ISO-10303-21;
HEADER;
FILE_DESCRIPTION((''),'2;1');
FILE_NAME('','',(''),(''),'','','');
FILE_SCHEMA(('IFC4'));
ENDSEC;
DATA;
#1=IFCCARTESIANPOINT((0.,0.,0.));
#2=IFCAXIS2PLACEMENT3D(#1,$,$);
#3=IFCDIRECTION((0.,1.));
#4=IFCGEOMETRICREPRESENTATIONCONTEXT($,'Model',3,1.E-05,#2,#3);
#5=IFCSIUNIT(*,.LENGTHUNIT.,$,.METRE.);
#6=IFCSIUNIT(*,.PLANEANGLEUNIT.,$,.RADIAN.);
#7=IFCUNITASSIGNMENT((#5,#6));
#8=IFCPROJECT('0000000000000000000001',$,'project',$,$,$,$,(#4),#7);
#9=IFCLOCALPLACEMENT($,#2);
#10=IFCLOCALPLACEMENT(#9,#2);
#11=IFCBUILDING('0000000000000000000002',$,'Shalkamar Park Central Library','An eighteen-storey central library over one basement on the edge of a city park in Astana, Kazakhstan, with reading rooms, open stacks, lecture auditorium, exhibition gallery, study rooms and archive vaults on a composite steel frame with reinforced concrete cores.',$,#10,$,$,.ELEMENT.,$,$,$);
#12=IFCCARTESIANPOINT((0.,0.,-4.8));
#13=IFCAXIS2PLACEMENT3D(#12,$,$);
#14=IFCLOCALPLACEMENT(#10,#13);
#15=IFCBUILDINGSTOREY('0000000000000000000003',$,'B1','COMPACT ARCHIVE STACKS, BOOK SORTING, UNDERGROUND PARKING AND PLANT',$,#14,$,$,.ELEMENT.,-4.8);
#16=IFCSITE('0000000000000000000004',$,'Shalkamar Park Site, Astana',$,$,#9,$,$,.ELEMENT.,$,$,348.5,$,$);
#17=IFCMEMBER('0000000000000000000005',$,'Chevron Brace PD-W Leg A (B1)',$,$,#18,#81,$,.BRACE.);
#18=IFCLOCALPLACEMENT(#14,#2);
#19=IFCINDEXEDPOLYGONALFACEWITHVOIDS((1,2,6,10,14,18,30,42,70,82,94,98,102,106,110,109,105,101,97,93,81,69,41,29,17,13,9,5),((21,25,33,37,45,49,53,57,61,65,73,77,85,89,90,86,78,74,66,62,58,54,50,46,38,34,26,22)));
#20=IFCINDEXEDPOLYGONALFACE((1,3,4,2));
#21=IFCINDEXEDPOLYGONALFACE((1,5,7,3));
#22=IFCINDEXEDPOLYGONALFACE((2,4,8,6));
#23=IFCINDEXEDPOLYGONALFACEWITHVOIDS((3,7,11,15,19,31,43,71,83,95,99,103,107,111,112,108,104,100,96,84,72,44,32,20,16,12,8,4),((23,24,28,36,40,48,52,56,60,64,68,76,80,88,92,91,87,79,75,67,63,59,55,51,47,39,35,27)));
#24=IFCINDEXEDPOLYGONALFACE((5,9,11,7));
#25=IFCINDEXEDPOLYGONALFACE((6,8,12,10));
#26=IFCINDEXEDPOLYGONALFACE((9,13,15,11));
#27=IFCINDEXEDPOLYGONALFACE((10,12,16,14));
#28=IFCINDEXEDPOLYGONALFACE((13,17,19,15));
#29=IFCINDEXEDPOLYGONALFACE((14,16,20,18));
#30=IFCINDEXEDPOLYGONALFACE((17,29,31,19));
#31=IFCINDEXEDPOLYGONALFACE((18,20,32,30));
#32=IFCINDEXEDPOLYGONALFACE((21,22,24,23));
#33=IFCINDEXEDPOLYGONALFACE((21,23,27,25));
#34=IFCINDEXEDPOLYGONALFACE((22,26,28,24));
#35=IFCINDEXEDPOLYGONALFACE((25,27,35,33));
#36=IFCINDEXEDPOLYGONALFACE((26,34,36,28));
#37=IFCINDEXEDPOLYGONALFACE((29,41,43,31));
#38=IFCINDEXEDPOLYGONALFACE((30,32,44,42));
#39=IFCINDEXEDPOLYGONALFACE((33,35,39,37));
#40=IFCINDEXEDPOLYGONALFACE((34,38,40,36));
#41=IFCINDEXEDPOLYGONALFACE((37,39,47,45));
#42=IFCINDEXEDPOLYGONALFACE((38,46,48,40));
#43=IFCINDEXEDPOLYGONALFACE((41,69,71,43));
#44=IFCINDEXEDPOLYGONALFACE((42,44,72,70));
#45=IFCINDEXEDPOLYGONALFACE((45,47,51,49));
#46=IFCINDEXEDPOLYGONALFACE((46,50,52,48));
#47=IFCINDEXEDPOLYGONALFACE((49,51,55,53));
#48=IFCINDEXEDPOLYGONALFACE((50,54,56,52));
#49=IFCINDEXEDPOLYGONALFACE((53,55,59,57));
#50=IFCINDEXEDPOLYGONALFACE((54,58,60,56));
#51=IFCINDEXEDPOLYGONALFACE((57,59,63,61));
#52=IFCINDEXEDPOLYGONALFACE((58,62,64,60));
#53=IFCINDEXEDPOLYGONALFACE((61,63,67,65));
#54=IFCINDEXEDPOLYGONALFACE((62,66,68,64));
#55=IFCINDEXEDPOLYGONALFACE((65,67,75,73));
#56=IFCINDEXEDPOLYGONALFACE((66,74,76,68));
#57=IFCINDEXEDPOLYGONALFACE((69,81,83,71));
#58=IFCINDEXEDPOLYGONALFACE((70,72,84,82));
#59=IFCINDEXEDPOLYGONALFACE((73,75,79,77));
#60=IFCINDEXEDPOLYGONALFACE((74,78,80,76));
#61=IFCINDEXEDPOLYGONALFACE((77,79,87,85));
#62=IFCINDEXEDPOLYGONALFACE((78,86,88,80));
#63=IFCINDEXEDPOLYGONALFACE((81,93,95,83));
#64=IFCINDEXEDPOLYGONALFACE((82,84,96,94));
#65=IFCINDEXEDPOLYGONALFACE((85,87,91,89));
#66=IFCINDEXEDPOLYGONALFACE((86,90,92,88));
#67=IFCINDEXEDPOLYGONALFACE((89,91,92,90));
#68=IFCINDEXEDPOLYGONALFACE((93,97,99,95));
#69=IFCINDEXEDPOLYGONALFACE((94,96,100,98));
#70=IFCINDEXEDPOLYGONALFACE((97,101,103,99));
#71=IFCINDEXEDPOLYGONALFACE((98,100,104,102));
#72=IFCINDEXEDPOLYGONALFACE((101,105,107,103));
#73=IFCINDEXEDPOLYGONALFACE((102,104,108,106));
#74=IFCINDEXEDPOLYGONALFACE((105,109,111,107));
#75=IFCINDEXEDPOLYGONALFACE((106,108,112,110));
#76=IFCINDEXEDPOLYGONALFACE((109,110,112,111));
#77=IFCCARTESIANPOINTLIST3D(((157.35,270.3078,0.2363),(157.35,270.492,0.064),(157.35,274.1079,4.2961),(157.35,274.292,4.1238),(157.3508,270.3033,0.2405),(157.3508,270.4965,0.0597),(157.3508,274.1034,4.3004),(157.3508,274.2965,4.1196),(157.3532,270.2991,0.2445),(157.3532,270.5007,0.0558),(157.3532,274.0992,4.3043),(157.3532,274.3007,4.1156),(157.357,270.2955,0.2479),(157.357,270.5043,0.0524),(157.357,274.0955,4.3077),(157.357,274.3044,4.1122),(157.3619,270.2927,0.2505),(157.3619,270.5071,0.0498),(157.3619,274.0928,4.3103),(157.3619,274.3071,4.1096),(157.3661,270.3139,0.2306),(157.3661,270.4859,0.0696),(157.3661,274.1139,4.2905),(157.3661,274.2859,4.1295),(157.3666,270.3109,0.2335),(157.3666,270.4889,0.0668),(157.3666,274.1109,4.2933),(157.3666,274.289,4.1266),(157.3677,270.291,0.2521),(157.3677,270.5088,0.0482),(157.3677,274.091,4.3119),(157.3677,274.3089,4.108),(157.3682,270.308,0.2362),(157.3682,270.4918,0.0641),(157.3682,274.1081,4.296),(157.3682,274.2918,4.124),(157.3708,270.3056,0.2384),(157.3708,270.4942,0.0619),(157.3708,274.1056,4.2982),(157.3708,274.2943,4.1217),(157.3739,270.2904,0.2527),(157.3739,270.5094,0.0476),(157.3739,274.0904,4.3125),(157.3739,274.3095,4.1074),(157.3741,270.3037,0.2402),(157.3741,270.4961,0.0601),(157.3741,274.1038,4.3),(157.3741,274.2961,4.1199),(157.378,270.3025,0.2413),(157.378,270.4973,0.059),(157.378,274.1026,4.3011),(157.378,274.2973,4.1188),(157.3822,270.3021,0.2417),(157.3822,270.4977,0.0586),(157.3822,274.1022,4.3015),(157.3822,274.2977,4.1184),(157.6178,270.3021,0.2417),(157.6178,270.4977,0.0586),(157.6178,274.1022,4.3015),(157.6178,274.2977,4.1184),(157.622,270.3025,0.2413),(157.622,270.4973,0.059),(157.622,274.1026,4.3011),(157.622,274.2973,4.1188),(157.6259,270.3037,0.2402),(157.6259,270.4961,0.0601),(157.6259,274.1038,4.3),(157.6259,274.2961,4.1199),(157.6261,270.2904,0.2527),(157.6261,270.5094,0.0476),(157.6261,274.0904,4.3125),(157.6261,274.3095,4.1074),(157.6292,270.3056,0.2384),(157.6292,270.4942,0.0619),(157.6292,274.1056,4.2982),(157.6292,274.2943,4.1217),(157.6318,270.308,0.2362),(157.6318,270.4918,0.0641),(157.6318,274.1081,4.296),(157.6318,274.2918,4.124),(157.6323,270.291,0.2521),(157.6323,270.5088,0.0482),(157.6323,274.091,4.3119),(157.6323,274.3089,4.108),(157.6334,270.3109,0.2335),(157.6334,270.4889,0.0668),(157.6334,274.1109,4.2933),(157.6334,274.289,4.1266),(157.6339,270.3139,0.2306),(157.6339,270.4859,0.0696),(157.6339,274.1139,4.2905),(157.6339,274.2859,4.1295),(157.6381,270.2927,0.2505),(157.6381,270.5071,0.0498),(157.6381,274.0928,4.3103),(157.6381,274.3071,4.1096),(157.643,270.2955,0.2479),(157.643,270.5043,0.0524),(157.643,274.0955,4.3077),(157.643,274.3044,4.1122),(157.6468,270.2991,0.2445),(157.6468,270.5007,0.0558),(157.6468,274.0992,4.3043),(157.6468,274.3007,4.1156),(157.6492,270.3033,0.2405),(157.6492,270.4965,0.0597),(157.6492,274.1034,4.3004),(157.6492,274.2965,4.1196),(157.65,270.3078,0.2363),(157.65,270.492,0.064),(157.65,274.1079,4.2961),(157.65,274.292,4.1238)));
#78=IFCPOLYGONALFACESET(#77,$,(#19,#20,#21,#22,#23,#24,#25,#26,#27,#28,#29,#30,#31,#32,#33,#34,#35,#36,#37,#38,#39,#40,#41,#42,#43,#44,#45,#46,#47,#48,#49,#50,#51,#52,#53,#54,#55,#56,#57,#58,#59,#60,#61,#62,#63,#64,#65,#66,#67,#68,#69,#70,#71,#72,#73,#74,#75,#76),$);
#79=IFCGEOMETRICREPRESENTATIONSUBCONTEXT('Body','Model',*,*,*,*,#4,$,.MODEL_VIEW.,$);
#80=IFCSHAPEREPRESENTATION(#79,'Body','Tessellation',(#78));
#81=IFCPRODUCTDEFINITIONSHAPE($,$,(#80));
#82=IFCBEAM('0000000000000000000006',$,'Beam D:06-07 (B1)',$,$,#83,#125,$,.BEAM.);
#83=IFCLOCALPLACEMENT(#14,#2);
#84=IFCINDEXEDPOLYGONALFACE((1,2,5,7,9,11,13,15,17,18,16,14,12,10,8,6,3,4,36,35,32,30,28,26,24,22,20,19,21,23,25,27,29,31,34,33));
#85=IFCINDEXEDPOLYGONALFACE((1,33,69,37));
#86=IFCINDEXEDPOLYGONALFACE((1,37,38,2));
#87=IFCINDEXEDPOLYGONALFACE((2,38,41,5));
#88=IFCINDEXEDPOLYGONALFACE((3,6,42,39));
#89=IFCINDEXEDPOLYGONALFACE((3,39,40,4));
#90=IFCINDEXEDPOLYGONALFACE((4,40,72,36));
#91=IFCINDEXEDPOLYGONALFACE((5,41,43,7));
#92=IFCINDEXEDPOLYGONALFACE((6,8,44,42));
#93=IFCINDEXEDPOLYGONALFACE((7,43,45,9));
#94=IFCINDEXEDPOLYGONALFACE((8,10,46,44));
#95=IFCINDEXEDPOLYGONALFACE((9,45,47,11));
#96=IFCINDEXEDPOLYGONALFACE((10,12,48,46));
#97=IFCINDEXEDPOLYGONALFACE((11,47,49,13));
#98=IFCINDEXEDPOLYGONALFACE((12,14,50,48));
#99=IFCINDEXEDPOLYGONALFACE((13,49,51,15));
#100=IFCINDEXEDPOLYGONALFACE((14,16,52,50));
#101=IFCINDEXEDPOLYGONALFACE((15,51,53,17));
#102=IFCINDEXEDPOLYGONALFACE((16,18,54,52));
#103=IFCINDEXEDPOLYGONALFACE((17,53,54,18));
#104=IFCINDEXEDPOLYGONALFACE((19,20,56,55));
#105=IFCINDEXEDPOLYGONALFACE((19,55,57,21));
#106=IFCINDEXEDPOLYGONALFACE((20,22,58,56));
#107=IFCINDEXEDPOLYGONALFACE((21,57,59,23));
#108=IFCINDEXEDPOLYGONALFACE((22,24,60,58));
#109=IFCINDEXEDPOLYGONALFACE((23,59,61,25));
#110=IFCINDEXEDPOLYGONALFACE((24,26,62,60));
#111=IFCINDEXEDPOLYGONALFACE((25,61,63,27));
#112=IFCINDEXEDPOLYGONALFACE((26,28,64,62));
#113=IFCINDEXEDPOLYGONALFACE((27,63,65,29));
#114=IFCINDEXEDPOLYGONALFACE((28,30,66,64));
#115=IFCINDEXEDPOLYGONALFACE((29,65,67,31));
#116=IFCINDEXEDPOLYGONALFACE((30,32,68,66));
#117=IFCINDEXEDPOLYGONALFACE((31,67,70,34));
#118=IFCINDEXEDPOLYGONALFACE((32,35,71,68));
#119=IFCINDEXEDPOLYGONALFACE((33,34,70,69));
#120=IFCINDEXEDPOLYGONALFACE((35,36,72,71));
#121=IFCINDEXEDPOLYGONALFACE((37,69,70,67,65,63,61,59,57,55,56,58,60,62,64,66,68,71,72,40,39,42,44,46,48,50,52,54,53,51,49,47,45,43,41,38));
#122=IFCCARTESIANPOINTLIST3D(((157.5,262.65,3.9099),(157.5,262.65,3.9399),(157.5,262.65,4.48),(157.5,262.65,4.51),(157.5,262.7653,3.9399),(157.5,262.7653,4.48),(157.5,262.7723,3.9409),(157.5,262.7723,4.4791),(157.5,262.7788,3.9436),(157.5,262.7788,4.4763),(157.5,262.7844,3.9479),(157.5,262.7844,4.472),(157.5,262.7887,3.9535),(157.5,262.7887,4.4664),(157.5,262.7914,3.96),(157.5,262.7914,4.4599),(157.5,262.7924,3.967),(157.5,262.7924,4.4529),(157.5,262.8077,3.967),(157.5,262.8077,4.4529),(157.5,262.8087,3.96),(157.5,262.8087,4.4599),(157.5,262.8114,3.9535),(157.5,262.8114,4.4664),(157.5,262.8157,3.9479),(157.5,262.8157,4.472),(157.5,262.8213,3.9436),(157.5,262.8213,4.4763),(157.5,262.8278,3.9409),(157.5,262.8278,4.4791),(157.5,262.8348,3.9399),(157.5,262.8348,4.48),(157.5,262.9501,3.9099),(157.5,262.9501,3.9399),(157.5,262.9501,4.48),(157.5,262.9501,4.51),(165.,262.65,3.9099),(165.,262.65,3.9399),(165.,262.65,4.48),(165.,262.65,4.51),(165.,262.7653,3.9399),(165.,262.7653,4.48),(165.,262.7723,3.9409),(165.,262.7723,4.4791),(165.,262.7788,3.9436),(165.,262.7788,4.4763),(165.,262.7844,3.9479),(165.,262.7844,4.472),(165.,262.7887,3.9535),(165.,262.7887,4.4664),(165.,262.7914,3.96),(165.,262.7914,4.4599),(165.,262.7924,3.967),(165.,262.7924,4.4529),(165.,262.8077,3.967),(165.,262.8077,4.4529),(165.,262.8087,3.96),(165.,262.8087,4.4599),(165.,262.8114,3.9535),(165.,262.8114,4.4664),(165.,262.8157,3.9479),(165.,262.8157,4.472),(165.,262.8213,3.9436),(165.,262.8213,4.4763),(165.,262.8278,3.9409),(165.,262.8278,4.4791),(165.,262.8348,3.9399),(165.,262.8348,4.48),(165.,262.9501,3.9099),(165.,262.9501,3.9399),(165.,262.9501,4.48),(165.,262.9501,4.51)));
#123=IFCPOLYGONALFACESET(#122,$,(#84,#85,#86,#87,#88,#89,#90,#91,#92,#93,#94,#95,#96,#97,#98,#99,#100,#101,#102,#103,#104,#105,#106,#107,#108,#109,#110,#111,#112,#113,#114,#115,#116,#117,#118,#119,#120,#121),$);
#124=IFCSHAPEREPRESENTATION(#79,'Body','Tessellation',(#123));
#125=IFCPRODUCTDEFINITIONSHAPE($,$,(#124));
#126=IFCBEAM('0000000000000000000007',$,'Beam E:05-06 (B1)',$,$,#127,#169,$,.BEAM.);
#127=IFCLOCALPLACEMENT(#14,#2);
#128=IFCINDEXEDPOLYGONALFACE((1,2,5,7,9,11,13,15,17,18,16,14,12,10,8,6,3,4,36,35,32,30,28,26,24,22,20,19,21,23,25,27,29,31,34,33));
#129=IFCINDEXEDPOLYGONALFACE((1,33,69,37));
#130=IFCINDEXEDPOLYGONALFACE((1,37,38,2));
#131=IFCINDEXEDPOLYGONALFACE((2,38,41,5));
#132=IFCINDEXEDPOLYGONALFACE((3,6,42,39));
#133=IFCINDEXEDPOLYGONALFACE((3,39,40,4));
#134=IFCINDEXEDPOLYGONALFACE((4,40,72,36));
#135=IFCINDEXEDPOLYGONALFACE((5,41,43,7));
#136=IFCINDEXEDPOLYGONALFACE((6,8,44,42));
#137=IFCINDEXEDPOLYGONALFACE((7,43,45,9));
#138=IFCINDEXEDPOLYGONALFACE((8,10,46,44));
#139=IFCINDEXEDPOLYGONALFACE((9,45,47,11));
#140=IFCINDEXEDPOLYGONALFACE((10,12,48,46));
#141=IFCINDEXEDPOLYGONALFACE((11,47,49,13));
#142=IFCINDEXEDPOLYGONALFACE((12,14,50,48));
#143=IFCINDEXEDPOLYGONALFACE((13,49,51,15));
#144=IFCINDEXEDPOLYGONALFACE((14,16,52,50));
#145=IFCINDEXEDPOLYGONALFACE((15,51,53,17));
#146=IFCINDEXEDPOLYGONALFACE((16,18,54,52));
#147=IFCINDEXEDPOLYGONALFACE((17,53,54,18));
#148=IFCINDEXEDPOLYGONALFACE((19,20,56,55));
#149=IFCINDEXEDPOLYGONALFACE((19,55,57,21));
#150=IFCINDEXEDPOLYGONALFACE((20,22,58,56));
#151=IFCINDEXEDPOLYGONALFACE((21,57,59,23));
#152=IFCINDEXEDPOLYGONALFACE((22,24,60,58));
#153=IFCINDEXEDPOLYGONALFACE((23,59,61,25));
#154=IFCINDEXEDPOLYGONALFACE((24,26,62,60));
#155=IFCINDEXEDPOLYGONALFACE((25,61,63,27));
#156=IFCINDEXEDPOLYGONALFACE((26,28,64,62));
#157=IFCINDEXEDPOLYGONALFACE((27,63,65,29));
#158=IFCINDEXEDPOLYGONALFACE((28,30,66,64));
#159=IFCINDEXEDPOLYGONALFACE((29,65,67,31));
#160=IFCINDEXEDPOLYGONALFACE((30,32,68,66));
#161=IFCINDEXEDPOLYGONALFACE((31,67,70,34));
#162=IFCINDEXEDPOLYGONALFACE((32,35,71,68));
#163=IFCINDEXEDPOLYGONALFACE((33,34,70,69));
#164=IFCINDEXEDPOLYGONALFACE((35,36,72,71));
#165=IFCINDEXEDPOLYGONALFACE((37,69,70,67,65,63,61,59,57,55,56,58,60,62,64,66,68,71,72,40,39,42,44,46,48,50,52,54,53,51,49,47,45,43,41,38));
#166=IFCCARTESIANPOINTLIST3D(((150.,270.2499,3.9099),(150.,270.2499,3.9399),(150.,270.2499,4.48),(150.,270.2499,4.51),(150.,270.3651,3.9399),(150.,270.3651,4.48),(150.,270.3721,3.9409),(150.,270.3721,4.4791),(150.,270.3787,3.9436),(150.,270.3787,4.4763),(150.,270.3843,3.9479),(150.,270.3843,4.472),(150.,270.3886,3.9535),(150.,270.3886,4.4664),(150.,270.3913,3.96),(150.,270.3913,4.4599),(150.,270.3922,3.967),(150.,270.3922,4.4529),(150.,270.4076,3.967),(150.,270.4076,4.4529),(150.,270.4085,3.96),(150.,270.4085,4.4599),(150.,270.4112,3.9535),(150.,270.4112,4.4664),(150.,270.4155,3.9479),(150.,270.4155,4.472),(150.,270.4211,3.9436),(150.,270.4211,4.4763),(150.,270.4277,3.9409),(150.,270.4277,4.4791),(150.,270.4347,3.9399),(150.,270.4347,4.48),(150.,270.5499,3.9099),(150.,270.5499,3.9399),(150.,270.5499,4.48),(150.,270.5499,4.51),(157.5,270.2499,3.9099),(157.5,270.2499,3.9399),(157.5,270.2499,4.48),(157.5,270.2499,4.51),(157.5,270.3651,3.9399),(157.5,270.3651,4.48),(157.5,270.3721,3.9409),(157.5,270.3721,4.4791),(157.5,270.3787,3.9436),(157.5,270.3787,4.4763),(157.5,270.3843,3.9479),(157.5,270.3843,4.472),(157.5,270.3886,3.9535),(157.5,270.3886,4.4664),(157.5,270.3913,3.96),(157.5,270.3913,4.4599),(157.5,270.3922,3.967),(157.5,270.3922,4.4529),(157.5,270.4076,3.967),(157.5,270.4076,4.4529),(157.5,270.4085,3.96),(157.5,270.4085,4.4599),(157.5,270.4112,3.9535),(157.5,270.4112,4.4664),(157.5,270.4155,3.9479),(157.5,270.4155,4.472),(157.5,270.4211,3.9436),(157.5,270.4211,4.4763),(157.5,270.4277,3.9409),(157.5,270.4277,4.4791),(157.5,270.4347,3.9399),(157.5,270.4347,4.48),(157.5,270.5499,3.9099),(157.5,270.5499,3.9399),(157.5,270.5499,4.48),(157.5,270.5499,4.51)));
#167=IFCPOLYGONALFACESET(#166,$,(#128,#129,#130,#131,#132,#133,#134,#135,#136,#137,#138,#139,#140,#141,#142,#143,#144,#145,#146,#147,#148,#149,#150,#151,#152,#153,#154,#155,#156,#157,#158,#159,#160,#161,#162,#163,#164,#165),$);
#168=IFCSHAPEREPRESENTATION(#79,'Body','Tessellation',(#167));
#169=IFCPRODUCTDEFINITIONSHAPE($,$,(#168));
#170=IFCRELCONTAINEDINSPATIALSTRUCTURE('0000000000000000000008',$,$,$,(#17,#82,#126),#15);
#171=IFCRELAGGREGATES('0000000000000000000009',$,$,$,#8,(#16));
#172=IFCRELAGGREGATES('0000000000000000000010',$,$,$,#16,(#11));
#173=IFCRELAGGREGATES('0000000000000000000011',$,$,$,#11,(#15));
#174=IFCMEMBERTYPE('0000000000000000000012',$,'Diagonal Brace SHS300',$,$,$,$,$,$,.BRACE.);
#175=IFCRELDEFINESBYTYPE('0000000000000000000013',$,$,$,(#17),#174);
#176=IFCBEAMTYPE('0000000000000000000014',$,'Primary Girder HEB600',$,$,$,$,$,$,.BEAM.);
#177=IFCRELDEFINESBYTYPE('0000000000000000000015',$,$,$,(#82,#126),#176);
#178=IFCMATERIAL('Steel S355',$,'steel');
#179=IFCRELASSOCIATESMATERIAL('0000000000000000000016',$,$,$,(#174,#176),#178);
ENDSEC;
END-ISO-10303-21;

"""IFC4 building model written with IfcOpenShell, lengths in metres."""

from ifc_helpers import new_model, si_unit, direction, frame, origin, origin_2d, place, context, subcontext, project, spatial, hollow_rectangle, i_section, extrude, material, material_profile, profile_set, type_object, element, save


model = new_model("IFC4")

# Units and contexts
model_context = context("Model", 3, precision=1e-05, world=origin(), true_north=direction((0.0, 1.0)))
body_context = subcontext(model_context, "Body", "Model", "MODEL_VIEW")
ifc_project = project(units=[si_unit("LENGTHUNIT", "METRE"), si_unit("PLANEANGLEUNIT", "RADIAN")], contexts=[model_context])

# Site, building, storey
site_placement = place(None, origin())
site = spatial("IfcSite", under=ifc_project, at=site_placement, Name="Shalkamar Park Site, Astana", CompositionType="ELEMENT", RefElevation=348.5)
building_placement = place(site_placement, origin())
building = spatial("IfcBuilding", under=site, at=building_placement, Name="Shalkamar Park Central Library", Description="An eighteen-storey central library over one basement on the edge of a city park in Astana, Kazakhstan, with reading rooms, open stacks, lecture auditorium, exhibition gallery, study rooms and archive vaults on a composite steel frame with reinforced concrete cores.", CompositionType="ELEMENT")
storey_placement = place(building_placement, frame((0.0, 0.0, -4.8)))
storey = spatial("IfcBuildingStorey", under=building, at=storey_placement, Name="B1", Description="COMPACT ARCHIVE STACKS, BOOK SORTING, UNDERGROUND PARKING AND PLANT", CompositionType="ELEMENT", Elevation=-4.8)

# Member
ifc_material_1 = material(Name="Steel S355", Category="steel")
ifc_material_profile_1 = material_profile(ifc_material_1, hollow_rectangle(XDim=0.3, YDim=0.3, WallThickness=0.0161, InnerFilletRadius=0.0161, OuterFilletRadius=0.0239, at=origin_2d()), Name="SHS 300x300x16")
ifc_profile_set_1 = profile_set([ifc_material_profile_1], Name="Steel S355")
member_type = type_object("IfcMemberType", Name="Diagonal Brace SHS300", PredefinedType="BRACE", material=ifc_profile_set_1)
member_placement = place(storey_placement, frame((157.5, 270.3999, 0.1501), z_axis=(0.0, 0.683364, 0.730078), x_axis=(-1.0, 0.0, 0.0)))
element("IfcMember", 1, at=member_placement, inside=storey, type_object=member_type, Name="Chevron Brace PD-W Leg A (B1)", PredefinedType="BRACE", context=body_context, shape_type="SweptSolid", body=[
    extrude(hollow_rectangle(XDim=0.3, YDim=0.3, WallThickness=0.0161, InnerFilletRadius=0.0161, OuterFilletRadius=0.0239, at=origin_2d()), origin(), (0.0, 0.0, 1.0), 5.5608),
])

# Beams
ifc_material_profile_2 = material_profile(ifc_material_1, i_section(OverallWidth=0.3, OverallDepth=0.6001, WebThickness=0.0154, FlangeThickness=0.03, FilletRadius=0.0271, at=origin_2d()), Name="HEB 600")
ifc_profile_set_2 = profile_set([ifc_material_profile_2], Name="Steel S355")
beam_type = type_object("IfcBeamType", Name="Primary Girder HEB600", PredefinedType="BEAM", material=ifc_profile_set_2)
for number, where, z_axis, x_axis, name in (
    (2, (157.5, 262.8, 4.21), (1.0, 0.0, 0.0), (0.0, 1.0, 0.0), "Beam D:06-07 (B1)"),
    (3, (150.0, 270.3999, 4.21), (1.0, 0.0, 0.0), (0.0, 1.0, 0.0), "Beam E:05-06 (B1)"),
):
    element("IfcBeam", number, at=place(storey_placement, frame(where, z_axis=z_axis, x_axis=x_axis)), inside=storey, type_object=beam_type, Name=name, PredefinedType="BEAM", context=body_context, shape_type="SweptSolid", body=[
        extrude(i_section(OverallWidth=0.3, OverallDepth=0.6001, WebThickness=0.0154, FlangeThickness=0.03, FilletRadius=0.0271, at=origin_2d()), origin(), (0.0, 0.0, 1.0), 7.5),
    ])

save(model, "model.ifc")
